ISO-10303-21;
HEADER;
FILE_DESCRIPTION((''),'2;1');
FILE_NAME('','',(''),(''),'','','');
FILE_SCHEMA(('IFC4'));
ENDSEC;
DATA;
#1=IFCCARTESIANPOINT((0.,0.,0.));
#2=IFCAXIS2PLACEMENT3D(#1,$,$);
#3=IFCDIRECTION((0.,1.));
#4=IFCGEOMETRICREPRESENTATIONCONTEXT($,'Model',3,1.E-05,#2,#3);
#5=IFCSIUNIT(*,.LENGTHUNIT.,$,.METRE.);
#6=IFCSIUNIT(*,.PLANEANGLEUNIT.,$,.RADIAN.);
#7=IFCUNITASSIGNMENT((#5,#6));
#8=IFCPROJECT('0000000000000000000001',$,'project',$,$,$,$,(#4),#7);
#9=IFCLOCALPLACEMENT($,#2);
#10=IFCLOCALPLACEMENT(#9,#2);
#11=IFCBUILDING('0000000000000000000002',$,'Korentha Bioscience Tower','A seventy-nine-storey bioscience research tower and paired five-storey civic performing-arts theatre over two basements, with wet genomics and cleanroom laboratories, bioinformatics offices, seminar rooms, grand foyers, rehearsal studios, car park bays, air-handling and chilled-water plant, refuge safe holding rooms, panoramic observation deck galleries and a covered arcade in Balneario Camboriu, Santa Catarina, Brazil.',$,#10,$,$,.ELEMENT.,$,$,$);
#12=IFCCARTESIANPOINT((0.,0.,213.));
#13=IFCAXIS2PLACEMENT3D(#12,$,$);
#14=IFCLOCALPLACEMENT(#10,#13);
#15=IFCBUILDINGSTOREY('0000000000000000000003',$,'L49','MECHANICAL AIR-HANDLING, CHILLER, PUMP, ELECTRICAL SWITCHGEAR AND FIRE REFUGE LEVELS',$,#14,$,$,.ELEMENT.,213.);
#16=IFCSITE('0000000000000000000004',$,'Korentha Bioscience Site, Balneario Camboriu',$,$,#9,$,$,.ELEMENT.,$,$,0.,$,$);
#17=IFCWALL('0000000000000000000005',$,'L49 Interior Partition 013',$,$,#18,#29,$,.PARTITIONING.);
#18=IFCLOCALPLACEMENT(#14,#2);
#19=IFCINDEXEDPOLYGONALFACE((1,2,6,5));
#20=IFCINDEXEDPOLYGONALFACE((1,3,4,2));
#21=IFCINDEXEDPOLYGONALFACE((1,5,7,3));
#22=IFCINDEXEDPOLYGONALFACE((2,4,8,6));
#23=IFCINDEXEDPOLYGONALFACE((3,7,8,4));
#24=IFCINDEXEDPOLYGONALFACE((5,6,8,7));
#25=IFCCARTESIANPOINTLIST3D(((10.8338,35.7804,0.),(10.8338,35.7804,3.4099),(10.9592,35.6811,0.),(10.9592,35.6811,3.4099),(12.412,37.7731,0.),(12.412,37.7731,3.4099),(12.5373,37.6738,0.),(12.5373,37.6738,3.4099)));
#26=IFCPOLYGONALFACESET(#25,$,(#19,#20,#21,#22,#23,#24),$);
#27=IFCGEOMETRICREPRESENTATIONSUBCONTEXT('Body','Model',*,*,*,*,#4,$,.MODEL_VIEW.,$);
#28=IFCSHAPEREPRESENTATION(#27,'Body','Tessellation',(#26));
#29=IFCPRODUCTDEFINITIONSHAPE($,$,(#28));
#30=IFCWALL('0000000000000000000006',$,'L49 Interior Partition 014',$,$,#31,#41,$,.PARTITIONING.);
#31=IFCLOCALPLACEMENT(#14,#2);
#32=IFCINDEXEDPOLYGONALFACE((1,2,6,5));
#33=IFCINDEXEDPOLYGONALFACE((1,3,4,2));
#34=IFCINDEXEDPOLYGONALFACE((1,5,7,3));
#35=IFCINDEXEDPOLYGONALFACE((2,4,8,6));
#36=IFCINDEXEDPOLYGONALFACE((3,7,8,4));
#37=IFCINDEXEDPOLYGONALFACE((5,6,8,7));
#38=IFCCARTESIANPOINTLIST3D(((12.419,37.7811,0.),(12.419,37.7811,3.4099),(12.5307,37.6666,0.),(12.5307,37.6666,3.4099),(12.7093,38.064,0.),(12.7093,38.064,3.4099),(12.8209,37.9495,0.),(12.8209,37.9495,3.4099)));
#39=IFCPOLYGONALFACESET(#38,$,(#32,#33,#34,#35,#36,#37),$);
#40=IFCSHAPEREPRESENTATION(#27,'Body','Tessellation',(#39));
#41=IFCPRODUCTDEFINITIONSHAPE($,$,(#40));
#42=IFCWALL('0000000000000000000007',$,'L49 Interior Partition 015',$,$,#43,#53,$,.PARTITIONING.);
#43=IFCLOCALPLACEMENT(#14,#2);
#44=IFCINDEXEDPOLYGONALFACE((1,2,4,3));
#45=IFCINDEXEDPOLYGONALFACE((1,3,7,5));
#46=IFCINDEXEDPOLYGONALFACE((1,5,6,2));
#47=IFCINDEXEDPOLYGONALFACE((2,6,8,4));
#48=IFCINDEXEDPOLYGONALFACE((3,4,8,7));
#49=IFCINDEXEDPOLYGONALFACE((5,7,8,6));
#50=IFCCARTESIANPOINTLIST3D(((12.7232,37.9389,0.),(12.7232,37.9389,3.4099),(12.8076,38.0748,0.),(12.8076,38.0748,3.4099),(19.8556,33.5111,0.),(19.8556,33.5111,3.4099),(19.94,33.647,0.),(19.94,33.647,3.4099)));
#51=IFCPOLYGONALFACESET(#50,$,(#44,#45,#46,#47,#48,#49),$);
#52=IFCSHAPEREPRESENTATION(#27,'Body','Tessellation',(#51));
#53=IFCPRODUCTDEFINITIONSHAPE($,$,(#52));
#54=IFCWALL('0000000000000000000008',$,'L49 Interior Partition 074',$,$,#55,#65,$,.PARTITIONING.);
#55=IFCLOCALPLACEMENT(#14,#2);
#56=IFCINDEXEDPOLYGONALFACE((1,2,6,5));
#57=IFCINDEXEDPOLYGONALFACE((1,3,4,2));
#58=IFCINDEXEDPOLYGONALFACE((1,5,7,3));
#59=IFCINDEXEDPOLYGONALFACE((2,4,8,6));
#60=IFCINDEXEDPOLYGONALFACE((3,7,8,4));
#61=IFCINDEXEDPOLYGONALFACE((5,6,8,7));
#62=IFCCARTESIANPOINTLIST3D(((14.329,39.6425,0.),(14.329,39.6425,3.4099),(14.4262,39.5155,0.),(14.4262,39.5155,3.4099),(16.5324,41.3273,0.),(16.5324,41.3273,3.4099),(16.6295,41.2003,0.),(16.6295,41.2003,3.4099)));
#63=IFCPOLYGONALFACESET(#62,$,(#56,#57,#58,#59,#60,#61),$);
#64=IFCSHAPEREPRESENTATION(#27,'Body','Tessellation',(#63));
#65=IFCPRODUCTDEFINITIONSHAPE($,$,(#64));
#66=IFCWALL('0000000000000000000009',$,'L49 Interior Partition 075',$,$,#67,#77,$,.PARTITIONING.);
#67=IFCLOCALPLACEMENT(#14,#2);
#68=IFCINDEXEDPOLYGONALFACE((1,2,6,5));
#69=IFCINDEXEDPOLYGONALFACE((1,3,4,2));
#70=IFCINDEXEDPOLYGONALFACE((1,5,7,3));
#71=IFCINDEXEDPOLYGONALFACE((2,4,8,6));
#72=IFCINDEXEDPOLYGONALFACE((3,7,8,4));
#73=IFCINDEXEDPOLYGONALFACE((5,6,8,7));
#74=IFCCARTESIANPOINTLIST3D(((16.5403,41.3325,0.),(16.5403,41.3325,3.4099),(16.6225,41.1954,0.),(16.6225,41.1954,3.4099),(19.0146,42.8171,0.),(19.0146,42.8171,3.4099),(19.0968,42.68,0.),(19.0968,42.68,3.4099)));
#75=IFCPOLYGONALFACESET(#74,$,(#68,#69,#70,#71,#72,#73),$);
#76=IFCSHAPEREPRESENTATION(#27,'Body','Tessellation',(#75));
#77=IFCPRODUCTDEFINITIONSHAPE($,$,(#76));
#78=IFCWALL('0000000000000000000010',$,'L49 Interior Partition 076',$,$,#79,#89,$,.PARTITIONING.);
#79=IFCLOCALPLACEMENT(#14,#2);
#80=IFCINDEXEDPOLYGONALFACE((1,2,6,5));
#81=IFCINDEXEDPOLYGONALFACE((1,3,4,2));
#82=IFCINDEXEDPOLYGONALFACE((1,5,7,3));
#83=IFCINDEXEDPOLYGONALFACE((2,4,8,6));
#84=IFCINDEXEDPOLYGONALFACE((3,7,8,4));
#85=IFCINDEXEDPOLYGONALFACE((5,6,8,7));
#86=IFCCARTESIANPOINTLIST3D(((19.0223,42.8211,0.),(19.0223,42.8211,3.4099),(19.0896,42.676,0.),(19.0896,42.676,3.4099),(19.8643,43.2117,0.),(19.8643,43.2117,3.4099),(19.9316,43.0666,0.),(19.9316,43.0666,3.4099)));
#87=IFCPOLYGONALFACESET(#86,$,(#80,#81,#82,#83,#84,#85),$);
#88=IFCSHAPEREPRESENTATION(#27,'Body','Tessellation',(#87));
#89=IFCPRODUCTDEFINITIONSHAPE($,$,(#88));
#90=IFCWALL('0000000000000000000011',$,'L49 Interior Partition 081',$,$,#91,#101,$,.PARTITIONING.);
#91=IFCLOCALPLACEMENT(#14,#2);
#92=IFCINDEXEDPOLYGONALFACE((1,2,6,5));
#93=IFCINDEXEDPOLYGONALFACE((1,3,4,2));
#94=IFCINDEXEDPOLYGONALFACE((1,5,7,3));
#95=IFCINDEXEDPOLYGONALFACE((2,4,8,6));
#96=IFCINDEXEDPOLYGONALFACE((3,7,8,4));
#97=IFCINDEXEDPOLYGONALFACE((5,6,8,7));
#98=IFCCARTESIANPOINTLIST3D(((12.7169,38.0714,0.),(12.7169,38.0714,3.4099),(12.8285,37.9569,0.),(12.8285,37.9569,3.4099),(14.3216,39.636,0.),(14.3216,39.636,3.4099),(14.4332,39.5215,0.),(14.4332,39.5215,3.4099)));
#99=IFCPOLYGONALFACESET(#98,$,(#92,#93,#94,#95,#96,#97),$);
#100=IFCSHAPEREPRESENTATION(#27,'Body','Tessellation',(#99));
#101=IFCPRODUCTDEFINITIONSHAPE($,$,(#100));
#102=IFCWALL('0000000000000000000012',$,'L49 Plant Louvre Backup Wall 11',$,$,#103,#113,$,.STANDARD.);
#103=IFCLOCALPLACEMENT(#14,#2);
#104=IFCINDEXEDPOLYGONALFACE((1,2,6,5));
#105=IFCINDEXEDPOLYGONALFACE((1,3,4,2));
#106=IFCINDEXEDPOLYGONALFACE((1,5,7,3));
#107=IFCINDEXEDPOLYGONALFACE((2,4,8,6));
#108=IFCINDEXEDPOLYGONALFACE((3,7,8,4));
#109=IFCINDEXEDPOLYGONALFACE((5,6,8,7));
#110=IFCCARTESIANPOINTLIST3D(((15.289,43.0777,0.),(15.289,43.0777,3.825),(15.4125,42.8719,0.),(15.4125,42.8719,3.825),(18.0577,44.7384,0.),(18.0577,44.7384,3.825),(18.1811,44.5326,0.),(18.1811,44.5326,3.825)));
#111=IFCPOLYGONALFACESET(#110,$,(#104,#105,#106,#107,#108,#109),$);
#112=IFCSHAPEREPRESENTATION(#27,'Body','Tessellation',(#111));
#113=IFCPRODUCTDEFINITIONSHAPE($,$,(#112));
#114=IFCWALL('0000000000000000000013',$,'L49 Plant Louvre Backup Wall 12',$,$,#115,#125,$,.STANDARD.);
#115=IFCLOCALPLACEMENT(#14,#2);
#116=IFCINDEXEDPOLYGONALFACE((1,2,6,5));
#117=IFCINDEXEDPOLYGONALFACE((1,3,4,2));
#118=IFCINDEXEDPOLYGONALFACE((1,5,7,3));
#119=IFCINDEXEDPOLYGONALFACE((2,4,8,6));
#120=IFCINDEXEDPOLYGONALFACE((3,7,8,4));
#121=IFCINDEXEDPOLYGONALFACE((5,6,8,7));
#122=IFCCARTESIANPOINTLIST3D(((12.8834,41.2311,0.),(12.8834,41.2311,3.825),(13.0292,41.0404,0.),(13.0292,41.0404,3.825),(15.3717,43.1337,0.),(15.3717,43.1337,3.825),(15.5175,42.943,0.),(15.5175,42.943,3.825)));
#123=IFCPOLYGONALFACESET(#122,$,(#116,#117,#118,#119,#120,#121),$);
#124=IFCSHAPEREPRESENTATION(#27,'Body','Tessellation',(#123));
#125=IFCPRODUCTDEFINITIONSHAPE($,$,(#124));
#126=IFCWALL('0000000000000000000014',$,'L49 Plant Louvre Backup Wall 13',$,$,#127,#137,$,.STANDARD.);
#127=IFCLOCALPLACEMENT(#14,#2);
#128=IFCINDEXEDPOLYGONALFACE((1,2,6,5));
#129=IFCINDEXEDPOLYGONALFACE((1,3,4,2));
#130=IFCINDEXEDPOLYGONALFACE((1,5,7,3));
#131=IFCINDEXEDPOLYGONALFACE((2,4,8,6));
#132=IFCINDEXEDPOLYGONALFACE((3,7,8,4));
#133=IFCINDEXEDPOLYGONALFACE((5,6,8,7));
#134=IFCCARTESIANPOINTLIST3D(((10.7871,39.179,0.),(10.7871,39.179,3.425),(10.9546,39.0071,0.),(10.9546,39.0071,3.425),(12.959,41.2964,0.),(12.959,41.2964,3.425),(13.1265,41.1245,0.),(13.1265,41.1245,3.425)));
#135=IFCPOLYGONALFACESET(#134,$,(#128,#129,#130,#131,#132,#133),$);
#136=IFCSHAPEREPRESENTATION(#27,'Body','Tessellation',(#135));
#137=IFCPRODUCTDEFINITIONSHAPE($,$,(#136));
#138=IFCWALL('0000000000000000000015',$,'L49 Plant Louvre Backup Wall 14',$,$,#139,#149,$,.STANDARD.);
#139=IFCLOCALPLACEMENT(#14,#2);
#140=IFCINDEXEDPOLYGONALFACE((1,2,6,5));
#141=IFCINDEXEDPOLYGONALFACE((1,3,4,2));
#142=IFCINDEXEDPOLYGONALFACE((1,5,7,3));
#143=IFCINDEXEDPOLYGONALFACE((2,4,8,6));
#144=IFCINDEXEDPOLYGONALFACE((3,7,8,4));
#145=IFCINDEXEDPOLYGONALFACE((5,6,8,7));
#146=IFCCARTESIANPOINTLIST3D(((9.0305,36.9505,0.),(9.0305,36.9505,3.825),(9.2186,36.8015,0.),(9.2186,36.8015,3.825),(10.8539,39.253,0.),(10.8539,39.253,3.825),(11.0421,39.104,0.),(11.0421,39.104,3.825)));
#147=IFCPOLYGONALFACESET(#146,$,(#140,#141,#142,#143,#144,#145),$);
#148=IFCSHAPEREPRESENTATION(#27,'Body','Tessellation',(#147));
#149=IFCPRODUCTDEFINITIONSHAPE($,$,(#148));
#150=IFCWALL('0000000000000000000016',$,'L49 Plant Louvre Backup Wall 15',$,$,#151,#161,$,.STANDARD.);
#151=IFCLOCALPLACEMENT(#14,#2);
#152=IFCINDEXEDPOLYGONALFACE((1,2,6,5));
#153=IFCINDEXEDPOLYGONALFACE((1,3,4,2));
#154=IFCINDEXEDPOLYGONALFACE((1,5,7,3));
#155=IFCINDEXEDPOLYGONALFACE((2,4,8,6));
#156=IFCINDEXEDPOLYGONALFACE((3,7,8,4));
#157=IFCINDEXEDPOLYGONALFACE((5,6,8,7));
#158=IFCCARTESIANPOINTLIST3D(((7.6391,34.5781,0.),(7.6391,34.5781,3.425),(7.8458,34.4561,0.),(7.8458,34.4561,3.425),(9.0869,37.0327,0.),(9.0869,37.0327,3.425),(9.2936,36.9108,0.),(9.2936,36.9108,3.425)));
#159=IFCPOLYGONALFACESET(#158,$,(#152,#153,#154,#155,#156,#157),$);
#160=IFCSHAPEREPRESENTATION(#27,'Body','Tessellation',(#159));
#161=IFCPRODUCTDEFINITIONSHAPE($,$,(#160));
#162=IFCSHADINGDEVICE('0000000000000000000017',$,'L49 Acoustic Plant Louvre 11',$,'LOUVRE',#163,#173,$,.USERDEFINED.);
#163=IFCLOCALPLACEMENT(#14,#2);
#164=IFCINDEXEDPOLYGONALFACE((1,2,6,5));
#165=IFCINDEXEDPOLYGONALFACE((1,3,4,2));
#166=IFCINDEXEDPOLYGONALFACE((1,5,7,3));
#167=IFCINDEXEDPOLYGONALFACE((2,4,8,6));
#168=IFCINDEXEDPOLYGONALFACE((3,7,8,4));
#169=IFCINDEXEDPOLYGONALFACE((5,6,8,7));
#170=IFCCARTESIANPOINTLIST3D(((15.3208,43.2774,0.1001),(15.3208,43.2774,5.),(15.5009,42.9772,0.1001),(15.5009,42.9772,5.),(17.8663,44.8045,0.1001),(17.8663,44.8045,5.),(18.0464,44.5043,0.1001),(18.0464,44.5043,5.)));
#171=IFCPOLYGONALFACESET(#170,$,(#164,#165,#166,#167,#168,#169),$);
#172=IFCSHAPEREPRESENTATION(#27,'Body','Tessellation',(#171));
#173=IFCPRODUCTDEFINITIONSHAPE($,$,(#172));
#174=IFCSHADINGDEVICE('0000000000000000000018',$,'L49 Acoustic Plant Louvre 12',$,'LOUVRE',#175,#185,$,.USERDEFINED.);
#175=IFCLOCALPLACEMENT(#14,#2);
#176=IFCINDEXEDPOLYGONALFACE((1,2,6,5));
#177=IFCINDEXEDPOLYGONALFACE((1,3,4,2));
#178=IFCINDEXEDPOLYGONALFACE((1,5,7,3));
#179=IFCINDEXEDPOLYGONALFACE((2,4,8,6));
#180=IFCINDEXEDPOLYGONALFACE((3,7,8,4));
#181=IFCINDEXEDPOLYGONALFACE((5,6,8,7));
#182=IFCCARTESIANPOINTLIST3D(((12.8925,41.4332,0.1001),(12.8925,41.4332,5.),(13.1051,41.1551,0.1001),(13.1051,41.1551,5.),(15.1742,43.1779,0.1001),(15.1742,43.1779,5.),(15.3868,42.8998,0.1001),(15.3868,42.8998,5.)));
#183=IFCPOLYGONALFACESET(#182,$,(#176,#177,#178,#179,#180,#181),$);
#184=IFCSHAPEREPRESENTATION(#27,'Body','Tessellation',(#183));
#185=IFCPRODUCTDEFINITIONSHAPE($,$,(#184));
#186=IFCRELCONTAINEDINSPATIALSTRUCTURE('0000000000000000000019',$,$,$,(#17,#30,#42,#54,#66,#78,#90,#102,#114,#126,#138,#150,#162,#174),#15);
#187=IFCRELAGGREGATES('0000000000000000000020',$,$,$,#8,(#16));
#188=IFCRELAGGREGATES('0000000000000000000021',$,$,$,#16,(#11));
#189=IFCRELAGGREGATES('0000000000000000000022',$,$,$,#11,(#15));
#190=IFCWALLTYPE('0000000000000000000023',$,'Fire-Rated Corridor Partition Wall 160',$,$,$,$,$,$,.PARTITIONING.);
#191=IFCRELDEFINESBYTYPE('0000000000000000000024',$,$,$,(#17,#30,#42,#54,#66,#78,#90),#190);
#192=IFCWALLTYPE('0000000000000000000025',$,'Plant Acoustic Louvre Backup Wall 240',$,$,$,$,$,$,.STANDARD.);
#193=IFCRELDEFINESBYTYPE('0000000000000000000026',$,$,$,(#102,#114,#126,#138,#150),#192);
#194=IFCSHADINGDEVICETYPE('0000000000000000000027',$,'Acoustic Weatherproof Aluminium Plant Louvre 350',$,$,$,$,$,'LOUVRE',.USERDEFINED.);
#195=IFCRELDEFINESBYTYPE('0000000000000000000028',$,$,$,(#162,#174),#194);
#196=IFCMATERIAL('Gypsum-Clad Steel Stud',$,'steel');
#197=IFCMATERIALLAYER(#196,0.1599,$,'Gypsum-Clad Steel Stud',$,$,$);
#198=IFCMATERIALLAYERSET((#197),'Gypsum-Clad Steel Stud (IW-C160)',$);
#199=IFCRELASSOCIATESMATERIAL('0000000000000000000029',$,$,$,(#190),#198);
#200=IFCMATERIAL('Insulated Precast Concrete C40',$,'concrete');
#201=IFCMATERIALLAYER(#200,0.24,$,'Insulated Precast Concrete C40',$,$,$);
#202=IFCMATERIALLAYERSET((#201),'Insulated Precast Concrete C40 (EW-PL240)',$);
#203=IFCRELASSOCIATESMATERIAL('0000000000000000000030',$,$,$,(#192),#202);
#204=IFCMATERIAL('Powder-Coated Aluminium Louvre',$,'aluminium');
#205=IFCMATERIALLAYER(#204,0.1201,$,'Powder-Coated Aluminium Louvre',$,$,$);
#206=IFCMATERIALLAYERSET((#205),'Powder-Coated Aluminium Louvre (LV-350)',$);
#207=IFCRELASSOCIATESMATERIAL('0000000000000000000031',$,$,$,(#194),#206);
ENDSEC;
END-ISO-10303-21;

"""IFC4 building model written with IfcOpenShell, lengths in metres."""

from ifc_helpers import new_model, si_unit, direction, frame, frame_2d, origin, origin_2d, place, context, subcontext, project, spatial, rectangle, extrude, material, layer, layer_set, type_object, element, save


model = new_model("IFC4")

# Units and contexts
model_context = context("Model", 3, precision=1e-05, world=origin(), true_north=direction((0.0, 1.0)))
body_context = subcontext(model_context, "Body", "Model", "MODEL_VIEW")
ifc_project = project(units=[si_unit("LENGTHUNIT", "METRE"), si_unit("PLANEANGLEUNIT", "RADIAN")], contexts=[model_context])

# Site, building, storey
site_placement = place(None, origin())
site = spatial("IfcSite", under=ifc_project, at=site_placement, Name="Korentha Bioscience Site, Balneario Camboriu", CompositionType="ELEMENT", RefElevation=0.0)
building_placement = place(site_placement, origin())
building = spatial("IfcBuilding", under=site, at=building_placement, Name="Korentha Bioscience Tower", Description="A seventy-nine-storey bioscience research tower and paired five-storey civic performing-arts theatre over two basements, with wet genomics and cleanroom laboratories, bioinformatics offices, seminar rooms, grand foyers, rehearsal studios, car park bays, air-handling and chilled-water plant, refuge safe holding rooms, panoramic observation deck galleries and a covered arcade in Balneario Camboriu, Santa Catarina, Brazil.", CompositionType="ELEMENT")
storey_placement = place(building_placement, frame((0.0, 0.0, 213.0)))
storey = spatial("IfcBuildingStorey", under=building, at=storey_placement, Name="L49", Description="MECHANICAL AIR-HANDLING, CHILLER, PUMP, ELECTRICAL SWITCHGEAR AND FIRE REFUGE LEVELS", CompositionType="ELEMENT", Elevation=213.0)

# Walls
ifc_material_1 = material(Name="Gypsum-Clad Steel Stud", Category="steel")
ifc_layer_1 = layer(ifc_material_1, 0.1599, Name="Gypsum-Clad Steel Stud")
ifc_layer_set_1 = layer_set([ifc_layer_1], Name="Gypsum-Clad Steel Stud (IW-C160)")
wall_type_1 = type_object("IfcWallType", Name="Fire-Rated Corridor Partition Wall 160", PredefinedType="PARTITIONING", material=ifc_layer_set_1)
wall_1_placement = place(storey_placement, frame((10.8965, 35.7307, 0.0), z_axis=(0.0, 0.0, 1.0), x_axis=(0.620846, 0.783933, 0.0)))
element("IfcWall", 1, at=wall_1_placement, inside=storey, type_object=wall_type_1, Name="L49 Interior Partition 013", PredefinedType="PARTITIONING", context=body_context, shape_type="SweptSolid", body=[
    extrude(rectangle(XDim=2.542, YDim=0.1599, at=frame_2d((1.271, 0.0))), origin(), (0.0, 0.0, 1.0), 3.4099),
])
wall_2_placement = place(storey_placement, frame((12.4749, 37.7239, 0.0), z_axis=(0.0, 0.0, 1.0), x_axis=(0.716083, 0.698015, 0.0)))
element("IfcWall", 2, at=wall_2_placement, inside=storey, type_object=wall_type_1, Name="L49 Interior Partition 014", PredefinedType="PARTITIONING", context=body_context, shape_type="SweptSolid", body=[
    extrude(rectangle(XDim=0.4053, YDim=0.1599, at=frame_2d((0.2026, 0.0))), origin(), (0.0, 0.0, 1.0), 3.4099),
])
wall_3_placement = place(storey_placement, frame((12.7654, 38.0068, 0.0), z_axis=(0.0, 0.0, 1.0), x_axis=(0.849599, -0.527429, 0.0)))
element("IfcWall", 3, at=wall_3_placement, inside=storey, type_object=wall_type_1, Name="L49 Interior Partition 015", PredefinedType="PARTITIONING", context=body_context, shape_type="SweptSolid", body=[
    extrude(rectangle(XDim=8.395, YDim=0.1599, at=frame_2d((4.1975, 0.0))), origin(), (0.0, 0.0, 1.0), 3.4099),
])
wall_4_placement = place(storey_placement, frame((14.3777, 39.5791, 0.0), z_axis=(0.0, 0.0, 1.0), x_axis=(0.794378, 0.607424, 0.0)))
element("IfcWall", 4, at=wall_4_placement, inside=storey, type_object=wall_type_1, Name="L49 Interior Partition 074", PredefinedType="PARTITIONING", context=body_context, shape_type="SweptSolid", body=[
    extrude(rectangle(XDim=2.7737, YDim=0.1599, at=frame_2d((1.3867, 0.0))), origin(), (0.0, 0.0, 1.0), 3.4099),
])
wall_5_placement = place(storey_placement, frame((16.5813, 41.2639, 0.0), z_axis=(0.0, 0.0, 1.0), x_axis=(0.857493, 0.514496, 0.0)))
element("IfcWall", 5, at=wall_5_placement, inside=storey, type_object=wall_type_1, Name="L49 Interior Partition 075", PredefinedType="PARTITIONING", context=body_context, shape_type="SweptSolid", body=[
    extrude(rectangle(XDim=2.8855, YDim=0.1599, at=frame_2d((1.4429, 0.0))), origin(), (0.0, 0.0, 1.0), 3.4099),
])
wall_6_placement = place(storey_placement, frame((19.0559, 42.7485, 0.0), z_axis=(0.0, 0.0, 1.0), x_axis=(0.907142, 0.420825, 0.0)))
element("IfcWall", 6, at=wall_6_placement, inside=storey, type_object=wall_type_1, Name="L49 Interior Partition 076", PredefinedType="PARTITIONING", context=body_context, shape_type="SweptSolid", body=[
    extrude(rectangle(XDim=0.9282, YDim=0.1599, at=frame_2d((0.4641, 0.0))), origin(), (0.0, 0.0, 1.0), 3.4099),
])
wall_7_placement = place(storey_placement, frame((12.7727, 38.0142, 0.0), z_axis=(0.0, 0.0, 1.0), x_axis=(0.715982, 0.698118, 0.0)))
element("IfcWall", 7, at=wall_7_placement, inside=storey, type_object=wall_type_1, Name="L49 Interior Partition 081", PredefinedType="PARTITIONING", context=body_context, shape_type="SweptSolid", body=[
    extrude(rectangle(XDim=2.2412, YDim=0.1599, at=frame_2d((1.1206, 0.0))), origin(), (0.0, 0.0, 1.0), 3.4099),
])
ifc_material_2 = material(Name="Insulated Precast Concrete C40", Category="concrete")
ifc_layer_2 = layer(ifc_material_2, 0.24, Name="Insulated Precast Concrete C40")
ifc_layer_set_2 = layer_set([ifc_layer_2], Name="Insulated Precast Concrete C40 (EW-PL240)")
wall_type_2 = type_object("IfcWallType", Name="Plant Acoustic Louvre Backup Wall 240", PredefinedType="STANDARD", material=ifc_layer_set_2)
wall_8_placement = place(storey_placement, frame((18.1194, 44.6355, 0.0), z_axis=(0.0, 0.0, 1.0), x_axis=(-0.85756, -0.514385, 0.0)))
element("IfcWall", 8, at=wall_8_placement, inside=storey, type_object=wall_type_2, Name="L49 Plant Louvre Backup Wall 11", PredefinedType="STANDARD", context=body_context, shape_type="SweptSolid", body=[
    extrude(rectangle(XDim=3.2285, YDim=0.24, at=frame_2d((1.6143, 0.0))), origin(), (0.0, 0.0, 1.0), 3.825),
])
wall_9_placement = place(storey_placement, frame((15.4446, 43.0383, 0.0), z_axis=(0.0, 0.0, 1.0), x_axis=(-0.794391, -0.607407, 0.0)))
element("IfcWall", 9, at=wall_9_placement, inside=storey, type_object=wall_type_2, Name="L49 Plant Louvre Backup Wall 12", PredefinedType="STANDARD", context=body_context, shape_type="SweptSolid", body=[
    extrude(rectangle(XDim=3.1323, YDim=0.24, at=frame_2d((1.5662, 0.0))), origin(), (0.0, 0.0, 1.0), 3.825),
])
wall_10_placement = place(storey_placement, frame((13.0427, 41.2104, 0.0), z_axis=(0.0, 0.0, 1.0), x_axis=(-0.716024, -0.698075, 0.0)))
element("IfcWall", 10, at=wall_10_placement, inside=storey, type_object=wall_type_2, Name="L49 Plant Louvre Backup Wall 13", PredefinedType="STANDARD", context=body_context, shape_type="SweptSolid", body=[
    extrude(rectangle(XDim=3.0332, YDim=0.24, at=frame_2d((1.5166, 0.0))), origin(), (0.0, 0.0, 1.0), 3.425),
])
wall_11_placement = place(storey_placement, frame((10.948, 39.1785, 0.0), z_axis=(0.0, 0.0, 1.0), x_axis=(-0.620846, -0.783933, 0.0)))
element("IfcWall", 11, at=wall_11_placement, inside=storey, type_object=wall_type_2, Name="L49 Plant Louvre Backup Wall 14", PredefinedType="STANDARD", context=body_context, shape_type="SweptSolid", body=[
    extrude(rectangle(XDim=2.937, YDim=0.24, at=frame_2d((1.4685, 0.0))), origin(), (0.0, 0.0, 1.0), 3.825),
])
wall_12_placement = place(storey_placement, frame((9.1902, 36.9717, 0.0), z_axis=(0.0, 0.0, 1.0), x_axis=(-0.508031, -0.861339, 0.0)))
element("IfcWall", 12, at=wall_12_placement, inside=storey, type_object=wall_type_2, Name="L49 Plant Louvre Backup Wall 15", PredefinedType="STANDARD", context=body_context, shape_type="SweptSolid", body=[
    extrude(rectangle(XDim=2.8499, YDim=0.24, at=frame_2d((1.4248, 0.0))), origin(), (0.0, 0.0, 1.0), 3.425),
])

# Shading devices
ifc_material_3 = material(Name="Powder-Coated Aluminium Louvre", Category="aluminium")
ifc_layer_3 = layer(ifc_material_3, 0.1201, Name="Powder-Coated Aluminium Louvre")
ifc_layer_set_3 = layer_set([ifc_layer_3], Name="Powder-Coated Aluminium Louvre (LV-350)")
shading_device_type = type_object("IfcShadingDeviceType", Name="Acoustic Weatherproof Aluminium Plant Louvre 350", ElementType="LOUVRE", PredefinedType="USERDEFINED", material=ifc_layer_set_3)
shading_device_1_placement = place(storey_placement, frame((16.6836, 43.8909, 0.1001), z_axis=(0.0, 0.0, 1.0), x_axis=(-0.857524, -0.514444, 0.0)))
element("IfcShadingDevice", 13, at=shading_device_1_placement, inside=storey, type_object=shading_device_type, Name="L49 Acoustic Plant Louvre 11", ObjectType="LOUVRE", PredefinedType="USERDEFINED", context=body_context, shape_type="SweptSolid", body=[
    extrude(rectangle(XDim=2.9685, YDim=0.3501, at=origin_2d()), origin(), (0.0, 0.0, 1.0), 4.8999),
])
shading_device_2_placement = place(storey_placement, frame((14.1396, 42.1665, 0.1001), z_axis=(0.0, 0.0, 1.0), x_axis=(-0.794377, -0.607424, 0.0)))
element("IfcShadingDevice", 14, at=shading_device_2_placement, inside=storey, type_object=shading_device_type, Name="L49 Acoustic Plant Louvre 12", ObjectType="LOUVRE", PredefinedType="USERDEFINED", context=body_context, shape_type="SweptSolid", body=[
    extrude(rectangle(XDim=2.8723, YDim=0.3501, at=origin_2d()), origin(), (0.0, 0.0, 1.0), 4.8999),
])

save(model, "model.ifc")
